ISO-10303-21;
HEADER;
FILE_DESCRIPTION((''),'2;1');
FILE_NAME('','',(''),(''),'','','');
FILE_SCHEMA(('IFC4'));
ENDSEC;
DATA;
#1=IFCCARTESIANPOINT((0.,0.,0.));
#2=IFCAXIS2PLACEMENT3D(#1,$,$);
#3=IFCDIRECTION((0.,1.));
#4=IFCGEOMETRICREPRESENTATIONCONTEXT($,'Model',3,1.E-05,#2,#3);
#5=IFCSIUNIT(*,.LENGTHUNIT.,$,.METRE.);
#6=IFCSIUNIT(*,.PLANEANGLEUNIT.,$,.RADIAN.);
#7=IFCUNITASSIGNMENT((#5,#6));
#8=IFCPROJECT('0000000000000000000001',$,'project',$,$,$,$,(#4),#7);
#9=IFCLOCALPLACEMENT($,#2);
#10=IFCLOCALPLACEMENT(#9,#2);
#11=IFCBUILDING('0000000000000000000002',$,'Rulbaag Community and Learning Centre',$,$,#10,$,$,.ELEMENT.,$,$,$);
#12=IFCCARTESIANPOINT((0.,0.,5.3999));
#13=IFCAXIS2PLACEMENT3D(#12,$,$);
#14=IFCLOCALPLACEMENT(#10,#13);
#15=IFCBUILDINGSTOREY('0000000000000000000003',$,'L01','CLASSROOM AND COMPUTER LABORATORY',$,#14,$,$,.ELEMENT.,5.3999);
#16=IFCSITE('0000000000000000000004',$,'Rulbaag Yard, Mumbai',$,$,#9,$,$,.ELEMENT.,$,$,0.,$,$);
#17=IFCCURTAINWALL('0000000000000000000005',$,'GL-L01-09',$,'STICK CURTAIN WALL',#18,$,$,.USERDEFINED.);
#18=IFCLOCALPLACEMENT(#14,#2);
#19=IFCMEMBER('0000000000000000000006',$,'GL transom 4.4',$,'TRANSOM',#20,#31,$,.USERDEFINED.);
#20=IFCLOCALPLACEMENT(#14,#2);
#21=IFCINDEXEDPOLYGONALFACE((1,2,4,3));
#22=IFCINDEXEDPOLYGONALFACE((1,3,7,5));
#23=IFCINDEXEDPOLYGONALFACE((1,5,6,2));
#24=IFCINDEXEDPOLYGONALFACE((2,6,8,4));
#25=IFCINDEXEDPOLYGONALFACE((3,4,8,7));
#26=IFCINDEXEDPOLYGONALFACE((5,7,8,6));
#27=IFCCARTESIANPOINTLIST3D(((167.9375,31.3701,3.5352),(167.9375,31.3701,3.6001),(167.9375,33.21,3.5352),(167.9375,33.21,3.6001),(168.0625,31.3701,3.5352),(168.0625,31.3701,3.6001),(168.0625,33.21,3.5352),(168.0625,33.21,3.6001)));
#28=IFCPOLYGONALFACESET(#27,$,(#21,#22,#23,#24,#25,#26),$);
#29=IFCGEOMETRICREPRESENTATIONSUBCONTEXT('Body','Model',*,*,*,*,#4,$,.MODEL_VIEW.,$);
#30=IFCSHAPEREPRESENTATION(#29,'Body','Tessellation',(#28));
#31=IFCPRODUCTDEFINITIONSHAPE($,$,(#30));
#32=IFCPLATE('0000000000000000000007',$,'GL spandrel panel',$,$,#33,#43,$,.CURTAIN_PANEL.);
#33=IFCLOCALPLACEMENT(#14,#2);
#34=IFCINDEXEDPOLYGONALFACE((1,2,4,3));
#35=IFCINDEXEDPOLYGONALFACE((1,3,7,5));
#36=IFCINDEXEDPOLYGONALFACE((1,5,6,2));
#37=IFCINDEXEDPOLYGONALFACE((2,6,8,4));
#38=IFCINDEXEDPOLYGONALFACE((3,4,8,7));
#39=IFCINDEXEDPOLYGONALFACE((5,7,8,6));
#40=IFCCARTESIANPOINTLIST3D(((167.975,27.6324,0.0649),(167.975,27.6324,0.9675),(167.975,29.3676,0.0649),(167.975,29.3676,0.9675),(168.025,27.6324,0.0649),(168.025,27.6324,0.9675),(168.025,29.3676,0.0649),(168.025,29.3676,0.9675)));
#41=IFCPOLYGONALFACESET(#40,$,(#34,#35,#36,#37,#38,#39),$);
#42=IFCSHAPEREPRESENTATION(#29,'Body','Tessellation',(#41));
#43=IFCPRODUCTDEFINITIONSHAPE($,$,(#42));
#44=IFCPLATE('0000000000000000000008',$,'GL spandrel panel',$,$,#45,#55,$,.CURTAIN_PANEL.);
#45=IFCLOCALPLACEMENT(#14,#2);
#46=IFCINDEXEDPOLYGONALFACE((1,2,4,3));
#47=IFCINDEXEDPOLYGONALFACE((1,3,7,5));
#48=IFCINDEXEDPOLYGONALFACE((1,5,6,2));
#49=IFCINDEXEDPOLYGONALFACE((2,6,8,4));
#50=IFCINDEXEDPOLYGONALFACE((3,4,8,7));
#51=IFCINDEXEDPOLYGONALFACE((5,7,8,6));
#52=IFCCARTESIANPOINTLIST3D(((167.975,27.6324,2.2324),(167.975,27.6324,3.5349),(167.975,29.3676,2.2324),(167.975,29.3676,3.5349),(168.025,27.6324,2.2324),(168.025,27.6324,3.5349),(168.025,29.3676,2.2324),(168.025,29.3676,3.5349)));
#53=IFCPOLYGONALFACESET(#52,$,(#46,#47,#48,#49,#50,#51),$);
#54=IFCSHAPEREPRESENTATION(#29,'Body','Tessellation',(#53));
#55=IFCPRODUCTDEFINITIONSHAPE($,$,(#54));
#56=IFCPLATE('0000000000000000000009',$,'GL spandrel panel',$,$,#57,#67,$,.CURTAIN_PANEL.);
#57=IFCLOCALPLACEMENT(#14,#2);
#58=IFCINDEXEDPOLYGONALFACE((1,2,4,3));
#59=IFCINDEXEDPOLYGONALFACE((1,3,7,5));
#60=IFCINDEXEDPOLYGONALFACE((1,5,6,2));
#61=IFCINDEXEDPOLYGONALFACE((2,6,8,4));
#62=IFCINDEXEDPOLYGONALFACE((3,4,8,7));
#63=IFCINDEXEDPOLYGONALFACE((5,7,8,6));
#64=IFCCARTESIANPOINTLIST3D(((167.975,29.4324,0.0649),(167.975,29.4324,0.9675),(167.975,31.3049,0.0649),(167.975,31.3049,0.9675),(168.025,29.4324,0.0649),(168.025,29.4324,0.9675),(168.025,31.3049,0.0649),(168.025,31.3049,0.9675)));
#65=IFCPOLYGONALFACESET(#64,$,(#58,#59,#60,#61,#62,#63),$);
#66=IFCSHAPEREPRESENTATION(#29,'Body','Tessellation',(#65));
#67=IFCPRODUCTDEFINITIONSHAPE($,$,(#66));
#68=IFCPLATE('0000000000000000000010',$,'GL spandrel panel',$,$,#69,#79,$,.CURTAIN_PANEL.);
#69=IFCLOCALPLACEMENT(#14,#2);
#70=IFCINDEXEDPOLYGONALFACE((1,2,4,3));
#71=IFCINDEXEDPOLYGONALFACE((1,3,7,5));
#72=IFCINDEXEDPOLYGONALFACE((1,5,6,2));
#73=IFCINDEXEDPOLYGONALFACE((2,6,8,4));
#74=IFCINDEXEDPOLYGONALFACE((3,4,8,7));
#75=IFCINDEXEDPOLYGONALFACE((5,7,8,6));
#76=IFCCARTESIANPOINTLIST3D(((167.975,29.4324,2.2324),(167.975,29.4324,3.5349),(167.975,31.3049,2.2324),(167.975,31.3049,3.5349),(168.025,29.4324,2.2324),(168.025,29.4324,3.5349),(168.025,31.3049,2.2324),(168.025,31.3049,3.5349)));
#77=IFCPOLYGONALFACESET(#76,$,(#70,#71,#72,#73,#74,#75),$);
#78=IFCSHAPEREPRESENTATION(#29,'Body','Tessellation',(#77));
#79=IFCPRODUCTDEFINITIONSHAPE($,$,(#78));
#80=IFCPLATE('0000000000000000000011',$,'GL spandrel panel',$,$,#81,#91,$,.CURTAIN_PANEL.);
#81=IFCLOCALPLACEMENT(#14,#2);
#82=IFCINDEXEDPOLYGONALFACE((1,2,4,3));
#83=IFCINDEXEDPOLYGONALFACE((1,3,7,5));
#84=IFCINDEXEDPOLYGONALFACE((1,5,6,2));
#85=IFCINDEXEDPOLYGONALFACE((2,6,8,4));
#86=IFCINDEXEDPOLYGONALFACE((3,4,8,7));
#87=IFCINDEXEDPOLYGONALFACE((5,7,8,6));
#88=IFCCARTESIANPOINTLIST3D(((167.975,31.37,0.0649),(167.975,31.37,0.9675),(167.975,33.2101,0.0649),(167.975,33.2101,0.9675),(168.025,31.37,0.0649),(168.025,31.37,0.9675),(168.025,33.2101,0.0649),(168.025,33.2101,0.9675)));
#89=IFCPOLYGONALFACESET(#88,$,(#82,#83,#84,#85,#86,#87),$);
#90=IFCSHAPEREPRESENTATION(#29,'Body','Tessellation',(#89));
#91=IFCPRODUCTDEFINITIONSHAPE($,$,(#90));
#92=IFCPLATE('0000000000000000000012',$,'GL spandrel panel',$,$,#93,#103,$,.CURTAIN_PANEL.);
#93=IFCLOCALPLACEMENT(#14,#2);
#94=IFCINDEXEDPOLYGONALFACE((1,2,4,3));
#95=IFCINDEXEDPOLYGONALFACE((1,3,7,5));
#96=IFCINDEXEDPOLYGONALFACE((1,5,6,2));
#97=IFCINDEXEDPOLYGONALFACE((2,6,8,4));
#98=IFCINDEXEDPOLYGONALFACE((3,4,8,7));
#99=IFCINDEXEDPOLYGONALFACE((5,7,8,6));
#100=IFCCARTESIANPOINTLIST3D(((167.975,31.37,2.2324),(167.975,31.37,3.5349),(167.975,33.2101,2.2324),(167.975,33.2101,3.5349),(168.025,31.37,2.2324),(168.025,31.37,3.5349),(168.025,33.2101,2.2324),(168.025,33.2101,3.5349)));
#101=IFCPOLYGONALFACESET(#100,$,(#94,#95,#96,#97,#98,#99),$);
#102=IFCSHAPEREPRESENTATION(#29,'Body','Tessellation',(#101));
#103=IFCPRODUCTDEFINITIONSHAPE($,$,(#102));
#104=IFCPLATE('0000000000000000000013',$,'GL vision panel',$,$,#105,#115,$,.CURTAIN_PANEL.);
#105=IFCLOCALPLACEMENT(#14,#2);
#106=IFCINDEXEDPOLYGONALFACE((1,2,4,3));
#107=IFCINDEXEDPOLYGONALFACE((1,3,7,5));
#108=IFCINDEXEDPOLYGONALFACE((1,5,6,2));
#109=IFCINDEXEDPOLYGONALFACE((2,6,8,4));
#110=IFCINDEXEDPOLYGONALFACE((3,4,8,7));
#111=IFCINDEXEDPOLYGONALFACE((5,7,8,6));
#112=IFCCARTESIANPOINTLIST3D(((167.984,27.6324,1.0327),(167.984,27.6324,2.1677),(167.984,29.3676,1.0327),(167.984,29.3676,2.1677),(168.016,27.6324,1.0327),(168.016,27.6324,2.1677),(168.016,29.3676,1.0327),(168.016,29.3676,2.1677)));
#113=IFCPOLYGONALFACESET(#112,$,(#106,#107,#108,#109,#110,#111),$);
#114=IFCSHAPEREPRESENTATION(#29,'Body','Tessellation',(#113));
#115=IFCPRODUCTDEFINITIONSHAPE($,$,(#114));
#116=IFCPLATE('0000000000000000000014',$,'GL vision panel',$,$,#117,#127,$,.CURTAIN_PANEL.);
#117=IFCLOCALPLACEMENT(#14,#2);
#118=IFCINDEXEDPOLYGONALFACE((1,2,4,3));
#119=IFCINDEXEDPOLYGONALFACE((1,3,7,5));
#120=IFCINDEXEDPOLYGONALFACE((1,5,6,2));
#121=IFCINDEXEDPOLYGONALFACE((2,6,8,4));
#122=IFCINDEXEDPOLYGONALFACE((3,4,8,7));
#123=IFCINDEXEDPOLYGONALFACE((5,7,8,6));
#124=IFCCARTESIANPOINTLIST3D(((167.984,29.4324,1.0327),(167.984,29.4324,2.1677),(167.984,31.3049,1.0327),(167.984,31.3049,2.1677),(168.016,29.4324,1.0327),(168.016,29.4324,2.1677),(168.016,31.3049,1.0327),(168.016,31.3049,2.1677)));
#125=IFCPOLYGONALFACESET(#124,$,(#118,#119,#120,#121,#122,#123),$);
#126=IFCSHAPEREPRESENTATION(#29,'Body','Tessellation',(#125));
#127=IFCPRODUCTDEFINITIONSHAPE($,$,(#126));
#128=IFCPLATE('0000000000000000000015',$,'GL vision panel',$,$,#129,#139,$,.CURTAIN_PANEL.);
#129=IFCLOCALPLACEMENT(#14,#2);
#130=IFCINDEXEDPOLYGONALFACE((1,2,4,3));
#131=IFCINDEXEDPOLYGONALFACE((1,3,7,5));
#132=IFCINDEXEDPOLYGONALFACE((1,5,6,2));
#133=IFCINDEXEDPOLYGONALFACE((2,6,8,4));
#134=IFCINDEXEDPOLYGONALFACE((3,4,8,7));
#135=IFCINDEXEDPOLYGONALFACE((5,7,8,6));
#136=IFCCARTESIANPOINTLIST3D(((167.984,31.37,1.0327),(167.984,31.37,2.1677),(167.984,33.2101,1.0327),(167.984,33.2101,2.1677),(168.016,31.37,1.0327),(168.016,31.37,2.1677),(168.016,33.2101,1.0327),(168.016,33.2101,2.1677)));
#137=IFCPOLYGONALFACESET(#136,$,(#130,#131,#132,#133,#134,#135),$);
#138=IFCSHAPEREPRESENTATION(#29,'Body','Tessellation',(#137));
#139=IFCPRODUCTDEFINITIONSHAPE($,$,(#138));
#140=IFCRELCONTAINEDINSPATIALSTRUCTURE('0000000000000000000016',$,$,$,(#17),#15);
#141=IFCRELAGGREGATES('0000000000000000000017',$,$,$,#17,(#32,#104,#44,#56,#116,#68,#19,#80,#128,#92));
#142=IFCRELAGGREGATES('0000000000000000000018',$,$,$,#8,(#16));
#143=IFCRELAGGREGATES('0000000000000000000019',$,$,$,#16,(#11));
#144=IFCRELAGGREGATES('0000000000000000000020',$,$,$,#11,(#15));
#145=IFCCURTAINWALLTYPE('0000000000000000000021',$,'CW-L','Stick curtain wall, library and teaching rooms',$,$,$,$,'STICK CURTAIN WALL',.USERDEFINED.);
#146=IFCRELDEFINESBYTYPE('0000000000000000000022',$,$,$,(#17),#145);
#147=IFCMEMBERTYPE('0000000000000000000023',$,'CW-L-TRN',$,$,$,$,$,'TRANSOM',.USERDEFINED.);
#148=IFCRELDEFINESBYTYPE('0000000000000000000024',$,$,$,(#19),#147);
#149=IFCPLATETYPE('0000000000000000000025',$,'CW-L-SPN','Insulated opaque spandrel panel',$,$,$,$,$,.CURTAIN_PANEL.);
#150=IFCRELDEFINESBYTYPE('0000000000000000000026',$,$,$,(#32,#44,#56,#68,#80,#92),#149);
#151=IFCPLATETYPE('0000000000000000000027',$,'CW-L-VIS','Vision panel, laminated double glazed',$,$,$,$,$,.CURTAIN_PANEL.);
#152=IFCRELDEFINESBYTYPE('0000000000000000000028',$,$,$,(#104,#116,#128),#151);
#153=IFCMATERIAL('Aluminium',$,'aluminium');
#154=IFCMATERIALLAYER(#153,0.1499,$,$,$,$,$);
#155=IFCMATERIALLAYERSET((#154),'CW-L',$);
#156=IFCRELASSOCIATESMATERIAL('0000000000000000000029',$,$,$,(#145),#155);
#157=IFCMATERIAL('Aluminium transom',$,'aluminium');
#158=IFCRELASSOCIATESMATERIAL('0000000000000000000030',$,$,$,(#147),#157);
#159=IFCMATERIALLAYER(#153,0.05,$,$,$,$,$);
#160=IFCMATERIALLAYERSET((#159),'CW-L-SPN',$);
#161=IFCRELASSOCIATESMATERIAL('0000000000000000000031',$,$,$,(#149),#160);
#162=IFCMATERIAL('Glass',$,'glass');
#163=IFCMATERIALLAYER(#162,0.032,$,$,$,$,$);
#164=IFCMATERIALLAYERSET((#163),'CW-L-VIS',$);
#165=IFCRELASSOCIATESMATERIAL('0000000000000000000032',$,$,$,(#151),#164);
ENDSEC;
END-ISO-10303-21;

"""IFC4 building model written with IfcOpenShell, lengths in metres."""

from ifc_helpers import new_model, si_unit, direction, frame, origin, origin_2d, place, context, subcontext, project, spatial, rectangle, extrude, material, layer, layer_set, material_profile, profile_set, type_object, element, aggregate, save


model = new_model("IFC4")

# Units and contexts
model_context = context("Model", 3, precision=1e-05, world=origin(), true_north=direction((0.0, 1.0)))
body_context = subcontext(model_context, "Body", "Model", "MODEL_VIEW")
ifc_project = project(units=[si_unit("LENGTHUNIT", "METRE"), si_unit("PLANEANGLEUNIT", "RADIAN")], contexts=[model_context])

# Site, building, storey
site_placement = place(None, origin())
site = spatial("IfcSite", under=ifc_project, at=site_placement, Name="Rulbaag Yard, Mumbai", CompositionType="ELEMENT", RefElevation=0.0)
building_placement = place(site_placement, origin())
building = spatial("IfcBuilding", under=site, at=building_placement, Name="Rulbaag Community and Learning Centre", CompositionType="ELEMENT")
storey_placement = place(building_placement, frame((0.0, 0.0, 5.3999)))
storey = spatial("IfcBuildingStorey", under=building, at=storey_placement, Name="L01", Description="CLASSROOM AND COMPUTER LABORATORY", CompositionType="ELEMENT", Elevation=5.3999)

# Curtain wall, member, plates
ifc_material_1 = material(Name="Aluminium", Category="aluminium")
ifc_layer_1 = layer(ifc_material_1, 0.1499)
ifc_layer_set_1 = layer_set([ifc_layer_1], Name="CW-L")
curtain_wall_type = type_object("IfcCurtainWallType", Name="CW-L", Description="Stick curtain wall, library and teaching rooms", ElementType="STICK CURTAIN WALL", PredefinedType="USERDEFINED", material=ifc_layer_set_1)
curtain_wall_placement = place(storey_placement, origin())
curtain_wall = element("IfcCurtainWall", 1, at=curtain_wall_placement, inside=storey, type_object=curtain_wall_type, Name="GL-L01-09", ObjectType="STICK CURTAIN WALL", PredefinedType="USERDEFINED")
ifc_material_2 = material(Name="Aluminium transom", Category="aluminium")
ifc_material_profile_1 = material_profile(ifc_material_2, rectangle(XDim=0.125, YDim=0.0649, at=origin_2d()), Name="AL 65x125 T")
ifc_profile_set_1 = profile_set([ifc_material_profile_1], Name="Aluminium transom")
member_type_1 = type_object("IfcMemberType", Name="CW-L-TRN", ElementType="TRANSOM", PredefinedType="USERDEFINED", material=ifc_profile_set_1)
member_1_placement = place(storey_placement, frame((168.0, 31.3701, 3.5676), z_axis=(0.0, 1.0, 0.0), x_axis=(-1.0, 0.0, 0.0)))
member_1 = element("IfcMember", 2, at=member_1_placement, type_object=member_type_1, Name="GL transom 4.4", ObjectType="TRANSOM", PredefinedType="USERDEFINED", context=body_context, shape_type="SweptSolid", body=[
    extrude(rectangle(XDim=0.125, YDim=0.0649, at=origin_2d()), origin(), (0.0, 0.0, 1.0), 1.8398),
])
ifc_layer_2 = layer(ifc_material_1, 0.05)
ifc_layer_set_2 = layer_set([ifc_layer_2], Name="CW-L-SPN")
plate_type_1 = type_object("IfcPlateType", Name="CW-L-SPN", Description="Insulated opaque spandrel panel", PredefinedType="CURTAIN_PANEL", material=ifc_layer_set_2)
plate_1_placement = place(storey_placement, frame((168.0, 28.5, 0.0649), z_axis=(0.0, 0.0, 1.0), x_axis=(0.0, 1.0, 0.0)))
plate_1 = element("IfcPlate", 3, at=plate_1_placement, type_object=plate_type_1, Name="GL spandrel panel", PredefinedType="CURTAIN_PANEL", context=body_context, shape_type="SweptSolid", body=[
    extrude(rectangle(XDim=1.7351, YDim=0.05, at=origin_2d()), origin(), (0.0, 0.0, 1.0), 0.9026),
])
plate_2_placement = place(storey_placement, frame((168.0, 28.5, 2.2324), z_axis=(0.0, 0.0, 1.0), x_axis=(0.0, 1.0, 0.0)))
plate_2 = element("IfcPlate", 4, at=plate_2_placement, type_object=plate_type_1, Name="GL spandrel panel", PredefinedType="CURTAIN_PANEL", context=body_context, shape_type="SweptSolid", body=[
    extrude(rectangle(XDim=1.7351, YDim=0.05, at=origin_2d()), origin(), (0.0, 0.0, 1.0), 1.3025),
])
plate_3_placement = place(storey_placement, frame((168.0, 30.3687, 0.0649), z_axis=(0.0, 0.0, 1.0), x_axis=(0.0, 1.0, 0.0)))
plate_3 = element("IfcPlate", 5, at=plate_3_placement, type_object=plate_type_1, Name="GL spandrel panel", PredefinedType="CURTAIN_PANEL", context=body_context, shape_type="SweptSolid", body=[
    extrude(rectangle(XDim=1.8726, YDim=0.05, at=origin_2d()), origin(), (0.0, 0.0, 1.0), 0.9026),
])
plate_4_placement = place(storey_placement, frame((168.0, 30.3687, 2.2324), z_axis=(0.0, 0.0, 1.0), x_axis=(0.0, 1.0, 0.0)))
plate_4 = element("IfcPlate", 6, at=plate_4_placement, type_object=plate_type_1, Name="GL spandrel panel", PredefinedType="CURTAIN_PANEL", context=body_context, shape_type="SweptSolid", body=[
    extrude(rectangle(XDim=1.8726, YDim=0.05, at=origin_2d()), origin(), (0.0, 0.0, 1.0), 1.3025),
])
plate_5_placement = place(storey_placement, frame((168.0, 32.29, 0.0649), z_axis=(0.0, 0.0, 1.0), x_axis=(0.0, 1.0, 0.0)))
plate_5 = element("IfcPlate", 7, at=plate_5_placement, type_object=plate_type_1, Name="GL spandrel panel", PredefinedType="CURTAIN_PANEL", context=body_context, shape_type="SweptSolid", body=[
    extrude(rectangle(XDim=1.8401, YDim=0.05, at=origin_2d()), origin(), (0.0, 0.0, 1.0), 0.9026),
])
plate_6_placement = place(storey_placement, frame((168.0, 32.29, 2.2324), z_axis=(0.0, 0.0, 1.0), x_axis=(0.0, 1.0, 0.0)))
plate_6 = element("IfcPlate", 8, at=plate_6_placement, type_object=plate_type_1, Name="GL spandrel panel", PredefinedType="CURTAIN_PANEL", context=body_context, shape_type="SweptSolid", body=[
    extrude(rectangle(XDim=1.8401, YDim=0.05, at=origin_2d()), origin(), (0.0, 0.0, 1.0), 1.3025),
])
ifc_material_3 = material(Name="Glass", Category="glass")
ifc_layer_3 = layer(ifc_material_3, 0.032)
ifc_layer_set_3 = layer_set([ifc_layer_3], Name="CW-L-VIS")
plate_type_2 = type_object("IfcPlateType", Name="CW-L-VIS", Description="Vision panel, laminated double glazed", PredefinedType="CURTAIN_PANEL", material=ifc_layer_set_3)
plate_7_placement = place(storey_placement, frame((168.0, 28.5, 1.0327), z_axis=(0.0, 0.0, 1.0), x_axis=(0.0, 1.0, 0.0)))
plate_7 = element("IfcPlate", 9, at=plate_7_placement, type_object=plate_type_2, Name="GL vision panel", PredefinedType="CURTAIN_PANEL", context=body_context, shape_type="SweptSolid", body=[
    extrude(rectangle(XDim=1.7351, YDim=0.032, at=origin_2d()), origin(), (0.0, 0.0, 1.0), 1.135),
])
plate_8_placement = place(storey_placement, frame((168.0, 30.3687, 1.0327), z_axis=(0.0, 0.0, 1.0), x_axis=(0.0, 1.0, 0.0)))
plate_8 = element("IfcPlate", 10, at=plate_8_placement, type_object=plate_type_2, Name="GL vision panel", PredefinedType="CURTAIN_PANEL", context=body_context, shape_type="SweptSolid", body=[
    extrude(rectangle(XDim=1.8726, YDim=0.032, at=origin_2d()), origin(), (0.0, 0.0, 1.0), 1.135),
])
plate_9_placement = place(storey_placement, frame((168.0, 32.29, 1.0327), z_axis=(0.0, 0.0, 1.0), x_axis=(0.0, 1.0, 0.0)))
plate_9 = element("IfcPlate", 11, at=plate_9_placement, type_object=plate_type_2, Name="GL vision panel", PredefinedType="CURTAIN_PANEL", context=body_context, shape_type="SweptSolid", body=[
    extrude(rectangle(XDim=1.8401, YDim=0.032, at=origin_2d()), origin(), (0.0, 0.0, 1.0), 1.135),
])
aggregate(curtain_wall, [plate_1, plate_7, plate_2, plate_3, plate_8, plate_4, member_1, plate_5, plate_9, plate_6])

save(model, "model.ifc")
